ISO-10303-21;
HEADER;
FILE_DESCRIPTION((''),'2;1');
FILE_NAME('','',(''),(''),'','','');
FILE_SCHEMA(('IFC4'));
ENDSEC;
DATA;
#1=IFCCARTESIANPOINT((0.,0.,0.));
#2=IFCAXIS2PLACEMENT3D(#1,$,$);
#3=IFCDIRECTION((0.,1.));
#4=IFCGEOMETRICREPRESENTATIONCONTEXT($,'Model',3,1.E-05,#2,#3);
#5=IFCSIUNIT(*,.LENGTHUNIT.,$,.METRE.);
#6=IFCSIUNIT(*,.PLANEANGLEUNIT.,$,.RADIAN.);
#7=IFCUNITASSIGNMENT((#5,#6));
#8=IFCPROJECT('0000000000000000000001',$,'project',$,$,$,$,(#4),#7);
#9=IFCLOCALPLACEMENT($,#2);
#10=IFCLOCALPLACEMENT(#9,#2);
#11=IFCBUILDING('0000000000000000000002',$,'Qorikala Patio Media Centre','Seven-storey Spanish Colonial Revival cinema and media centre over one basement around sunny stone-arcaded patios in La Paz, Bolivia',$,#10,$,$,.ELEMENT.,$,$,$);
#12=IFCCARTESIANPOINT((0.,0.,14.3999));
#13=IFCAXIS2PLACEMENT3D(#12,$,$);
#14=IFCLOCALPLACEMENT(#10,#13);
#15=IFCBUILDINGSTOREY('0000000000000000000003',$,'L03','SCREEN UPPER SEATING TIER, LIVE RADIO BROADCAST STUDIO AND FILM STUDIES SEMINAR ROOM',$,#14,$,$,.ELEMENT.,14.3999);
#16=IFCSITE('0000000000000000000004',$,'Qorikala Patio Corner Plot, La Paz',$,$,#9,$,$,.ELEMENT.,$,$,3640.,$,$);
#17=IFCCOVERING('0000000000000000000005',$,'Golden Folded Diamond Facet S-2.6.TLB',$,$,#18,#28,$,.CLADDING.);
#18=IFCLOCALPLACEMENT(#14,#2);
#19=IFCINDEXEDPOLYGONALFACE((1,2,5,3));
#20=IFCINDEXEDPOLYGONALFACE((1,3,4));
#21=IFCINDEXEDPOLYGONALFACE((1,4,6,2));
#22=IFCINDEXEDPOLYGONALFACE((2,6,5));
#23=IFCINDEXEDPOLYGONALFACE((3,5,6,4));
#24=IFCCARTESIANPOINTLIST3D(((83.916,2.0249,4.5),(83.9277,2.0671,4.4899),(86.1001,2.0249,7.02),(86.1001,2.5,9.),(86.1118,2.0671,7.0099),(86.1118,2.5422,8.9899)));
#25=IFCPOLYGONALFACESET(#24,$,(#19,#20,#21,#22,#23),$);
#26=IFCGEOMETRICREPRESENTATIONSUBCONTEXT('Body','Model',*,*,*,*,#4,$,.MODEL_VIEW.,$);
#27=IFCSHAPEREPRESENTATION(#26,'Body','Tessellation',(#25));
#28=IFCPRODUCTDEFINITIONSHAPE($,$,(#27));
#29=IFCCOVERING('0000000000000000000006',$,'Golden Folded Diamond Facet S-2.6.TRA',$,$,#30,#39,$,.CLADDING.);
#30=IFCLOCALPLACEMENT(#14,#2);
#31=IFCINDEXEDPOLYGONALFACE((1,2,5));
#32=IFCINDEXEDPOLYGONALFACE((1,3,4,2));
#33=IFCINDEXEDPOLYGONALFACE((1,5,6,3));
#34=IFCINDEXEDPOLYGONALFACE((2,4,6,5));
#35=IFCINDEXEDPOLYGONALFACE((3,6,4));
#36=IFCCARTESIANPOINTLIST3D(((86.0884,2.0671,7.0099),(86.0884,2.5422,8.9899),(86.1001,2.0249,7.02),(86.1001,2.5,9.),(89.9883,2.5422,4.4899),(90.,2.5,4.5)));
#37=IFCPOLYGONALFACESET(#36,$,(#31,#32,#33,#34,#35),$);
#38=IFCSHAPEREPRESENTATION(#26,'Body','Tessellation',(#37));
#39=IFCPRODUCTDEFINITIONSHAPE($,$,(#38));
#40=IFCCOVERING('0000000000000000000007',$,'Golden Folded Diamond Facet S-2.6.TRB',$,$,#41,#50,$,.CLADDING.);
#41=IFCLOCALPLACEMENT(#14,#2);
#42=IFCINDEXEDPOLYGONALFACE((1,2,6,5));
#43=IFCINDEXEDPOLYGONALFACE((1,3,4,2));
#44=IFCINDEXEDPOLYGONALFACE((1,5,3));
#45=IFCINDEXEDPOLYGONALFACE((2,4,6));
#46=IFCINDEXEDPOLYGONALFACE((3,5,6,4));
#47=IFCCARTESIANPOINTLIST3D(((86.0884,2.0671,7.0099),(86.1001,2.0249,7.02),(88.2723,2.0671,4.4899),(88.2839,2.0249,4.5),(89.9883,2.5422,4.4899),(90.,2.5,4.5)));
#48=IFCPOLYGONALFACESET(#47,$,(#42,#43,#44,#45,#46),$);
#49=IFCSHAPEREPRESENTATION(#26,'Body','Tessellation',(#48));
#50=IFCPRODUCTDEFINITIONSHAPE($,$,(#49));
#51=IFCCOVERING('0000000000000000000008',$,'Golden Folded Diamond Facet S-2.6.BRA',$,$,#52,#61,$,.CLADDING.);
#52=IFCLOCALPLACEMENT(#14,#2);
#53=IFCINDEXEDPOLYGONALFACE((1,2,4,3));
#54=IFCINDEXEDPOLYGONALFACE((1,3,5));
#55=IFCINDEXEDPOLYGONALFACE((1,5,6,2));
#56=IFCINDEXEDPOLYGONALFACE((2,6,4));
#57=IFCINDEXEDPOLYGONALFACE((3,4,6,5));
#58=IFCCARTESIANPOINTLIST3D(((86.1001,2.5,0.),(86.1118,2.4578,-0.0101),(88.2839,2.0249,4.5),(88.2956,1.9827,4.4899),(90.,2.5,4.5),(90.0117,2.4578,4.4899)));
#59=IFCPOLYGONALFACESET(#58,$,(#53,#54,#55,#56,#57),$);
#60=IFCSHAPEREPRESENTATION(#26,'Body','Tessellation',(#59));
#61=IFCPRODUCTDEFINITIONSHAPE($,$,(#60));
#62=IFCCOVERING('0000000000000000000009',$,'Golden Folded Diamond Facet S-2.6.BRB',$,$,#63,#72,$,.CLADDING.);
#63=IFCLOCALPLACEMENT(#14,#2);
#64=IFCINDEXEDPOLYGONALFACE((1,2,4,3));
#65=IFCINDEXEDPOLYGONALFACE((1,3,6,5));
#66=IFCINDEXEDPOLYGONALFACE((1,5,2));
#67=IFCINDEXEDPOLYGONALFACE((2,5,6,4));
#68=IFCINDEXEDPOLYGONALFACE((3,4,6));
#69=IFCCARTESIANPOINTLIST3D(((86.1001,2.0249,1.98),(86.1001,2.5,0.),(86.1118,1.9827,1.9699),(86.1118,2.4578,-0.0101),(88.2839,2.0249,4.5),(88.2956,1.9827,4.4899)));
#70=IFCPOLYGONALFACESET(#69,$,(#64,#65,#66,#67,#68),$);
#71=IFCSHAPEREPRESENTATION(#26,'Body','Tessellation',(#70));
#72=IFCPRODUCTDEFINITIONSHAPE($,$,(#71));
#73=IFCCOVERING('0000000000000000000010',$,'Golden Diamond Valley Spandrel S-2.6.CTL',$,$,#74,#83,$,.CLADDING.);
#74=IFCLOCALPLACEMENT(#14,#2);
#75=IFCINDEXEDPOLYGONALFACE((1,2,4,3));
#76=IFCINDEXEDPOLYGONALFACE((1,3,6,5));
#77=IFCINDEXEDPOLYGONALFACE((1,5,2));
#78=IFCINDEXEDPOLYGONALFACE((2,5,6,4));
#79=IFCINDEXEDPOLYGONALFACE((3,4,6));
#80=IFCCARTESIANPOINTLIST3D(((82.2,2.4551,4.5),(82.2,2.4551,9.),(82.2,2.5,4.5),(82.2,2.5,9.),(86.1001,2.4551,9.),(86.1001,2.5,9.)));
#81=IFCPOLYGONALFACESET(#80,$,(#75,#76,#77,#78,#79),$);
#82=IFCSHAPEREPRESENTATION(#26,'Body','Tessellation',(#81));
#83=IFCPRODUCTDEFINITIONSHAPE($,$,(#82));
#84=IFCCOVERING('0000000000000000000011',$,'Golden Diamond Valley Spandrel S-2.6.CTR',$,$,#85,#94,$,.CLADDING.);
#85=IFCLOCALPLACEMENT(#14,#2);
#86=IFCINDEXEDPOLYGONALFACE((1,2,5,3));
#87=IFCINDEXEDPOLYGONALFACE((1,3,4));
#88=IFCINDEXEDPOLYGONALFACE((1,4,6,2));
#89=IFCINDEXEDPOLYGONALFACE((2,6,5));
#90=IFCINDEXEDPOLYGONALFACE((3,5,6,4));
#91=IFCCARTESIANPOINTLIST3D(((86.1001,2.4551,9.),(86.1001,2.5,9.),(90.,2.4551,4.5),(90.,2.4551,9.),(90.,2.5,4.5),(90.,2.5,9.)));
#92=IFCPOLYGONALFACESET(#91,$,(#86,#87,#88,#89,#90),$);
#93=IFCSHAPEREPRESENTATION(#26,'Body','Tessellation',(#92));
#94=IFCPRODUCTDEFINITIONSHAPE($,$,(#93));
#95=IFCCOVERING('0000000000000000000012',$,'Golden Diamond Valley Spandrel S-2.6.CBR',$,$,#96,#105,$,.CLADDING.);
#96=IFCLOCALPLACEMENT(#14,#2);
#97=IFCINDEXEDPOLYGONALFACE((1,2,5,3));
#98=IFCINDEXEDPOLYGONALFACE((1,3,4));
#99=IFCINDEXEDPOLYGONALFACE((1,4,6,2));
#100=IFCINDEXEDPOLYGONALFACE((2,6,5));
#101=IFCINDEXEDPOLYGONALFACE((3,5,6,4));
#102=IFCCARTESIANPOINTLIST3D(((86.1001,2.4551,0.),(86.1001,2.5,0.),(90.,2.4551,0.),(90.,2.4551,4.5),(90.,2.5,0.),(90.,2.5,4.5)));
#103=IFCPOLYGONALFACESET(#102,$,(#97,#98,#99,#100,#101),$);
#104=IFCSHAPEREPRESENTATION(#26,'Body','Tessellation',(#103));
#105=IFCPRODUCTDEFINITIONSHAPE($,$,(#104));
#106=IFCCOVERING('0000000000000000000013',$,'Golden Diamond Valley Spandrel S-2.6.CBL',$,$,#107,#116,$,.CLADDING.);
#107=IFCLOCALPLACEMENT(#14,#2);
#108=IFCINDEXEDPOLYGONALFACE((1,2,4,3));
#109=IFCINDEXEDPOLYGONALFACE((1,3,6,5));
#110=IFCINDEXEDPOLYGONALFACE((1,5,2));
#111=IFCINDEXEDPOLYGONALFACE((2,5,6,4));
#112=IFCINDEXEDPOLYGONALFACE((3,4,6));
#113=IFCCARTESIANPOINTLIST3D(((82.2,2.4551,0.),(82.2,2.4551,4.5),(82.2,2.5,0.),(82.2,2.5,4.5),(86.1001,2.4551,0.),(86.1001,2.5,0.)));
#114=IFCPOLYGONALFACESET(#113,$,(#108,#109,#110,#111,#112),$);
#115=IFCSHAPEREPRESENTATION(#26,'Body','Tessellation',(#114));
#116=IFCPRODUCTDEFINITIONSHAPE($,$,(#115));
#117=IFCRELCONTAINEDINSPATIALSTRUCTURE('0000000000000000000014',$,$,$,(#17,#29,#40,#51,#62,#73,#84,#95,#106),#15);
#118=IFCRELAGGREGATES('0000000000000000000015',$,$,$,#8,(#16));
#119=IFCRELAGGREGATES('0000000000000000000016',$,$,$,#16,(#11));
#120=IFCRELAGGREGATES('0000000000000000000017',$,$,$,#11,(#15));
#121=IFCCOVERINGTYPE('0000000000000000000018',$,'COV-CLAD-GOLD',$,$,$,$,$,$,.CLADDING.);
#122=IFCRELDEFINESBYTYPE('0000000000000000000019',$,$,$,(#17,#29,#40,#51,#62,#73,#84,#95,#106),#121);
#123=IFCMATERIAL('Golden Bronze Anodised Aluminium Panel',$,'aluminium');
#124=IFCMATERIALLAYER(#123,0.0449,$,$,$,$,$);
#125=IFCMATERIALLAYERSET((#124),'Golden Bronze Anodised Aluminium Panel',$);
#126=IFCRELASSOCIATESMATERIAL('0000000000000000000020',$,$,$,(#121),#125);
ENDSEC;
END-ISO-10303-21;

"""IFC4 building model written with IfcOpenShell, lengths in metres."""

from ifc_helpers import new_model, si_unit, direction, frame, origin, place, context, subcontext, project, spatial, polyline, outline, extrude, material, layer, layer_set, type_object, element, save


model = new_model("IFC4")

# Units and contexts
model_context = context("Model", 3, precision=1e-05, world=origin(), true_north=direction((0.0, 1.0)))
body_context = subcontext(model_context, "Body", "Model", "MODEL_VIEW")
ifc_project = project(units=[si_unit("LENGTHUNIT", "METRE"), si_unit("PLANEANGLEUNIT", "RADIAN")], contexts=[model_context])

# Site, building, storey
site_placement = place(None, origin())
site = spatial("IfcSite", under=ifc_project, at=site_placement, Name="Qorikala Patio Corner Plot, La Paz", CompositionType="ELEMENT", RefElevation=3640.0)
building_placement = place(site_placement, origin())
building = spatial("IfcBuilding", under=site, at=building_placement, Name="Qorikala Patio Media Centre", Description="Seven-storey Spanish Colonial Revival cinema and media centre over one basement around sunny stone-arcaded patios in La Paz, Bolivia", CompositionType="ELEMENT")
storey_placement = place(building_placement, frame((0.0, 0.0, 14.3999)))
storey = spatial("IfcBuildingStorey", under=building, at=storey_placement, Name="L03", Description="SCREEN UPPER SEATING TIER, LIVE RADIO BROADCAST STUDIO AND FILM STUDIES SEMINAR ROOM", CompositionType="ELEMENT", Elevation=14.3999)

# Coverings
ifc_material_1 = material(Name="Golden Bronze Anodised Aluminium Panel", Category="aluminium")
ifc_layer_1 = layer(ifc_material_1, 0.0449)
ifc_layer_set_1 = layer_set([ifc_layer_1], Name="Golden Bronze Anodised Aluminium Panel")
covering_type = type_object("IfcCoveringType", Name="COV-CLAD-GOLD", PredefinedType="CLADDING", material=ifc_layer_set_1)
covering_1_placement = place(storey_placement, frame((86.1001, 2.5, 9.0), z_axis=(-0.25996, -0.938966, 0.225306), x_axis=(-0.434684, -0.094556, -0.895606)))
element("IfcCovering", 1, at=covering_1_placement, inside=storey, type_object=covering_type, Name="Golden Folded Diamond Facet S-2.6.TLB", PredefinedType="CLADDING", context=body_context, shape_type="SweptSolid", body=[
    extrude(outline(polyline([(0.0, 0.0), (5.0245, 0.0), (1.8182, 0.9166), (0.0, 0.0)])), origin(), (0.0, 0.0, -1.0), 0.0449),
])
covering_2_placement = place(storey_placement, frame((90.0, 2.5, 4.5), z_axis=(0.259974, -0.938963, 0.225305), x_axis=(-0.654921, 0.0, 0.755697)))
element("IfcCovering", 2, at=covering_2_placement, inside=storey, type_object=covering_type, Name="Golden Folded Diamond Facet S-2.6.TRA", PredefinedType="CLADDING", context=body_context, shape_type="SweptSolid", body=[
    extrude(outline(polyline([(0.0, 0.0), (5.9548, 0.0), (4.4585, 1.381), (0.0, 0.0)])), origin(), (0.0, 0.0, -1.0), 0.0449),
])
covering_3_placement = place(storey_placement, frame((90.0, 2.5, 4.5), z_axis=(0.259958, -0.938974, 0.225278), x_axis=(-0.835546, -0.101789, 0.539909)))
element("IfcCovering", 3, at=covering_3_placement, inside=storey, type_object=covering_type, Name="Golden Folded Diamond Facet S-2.6.TRB", PredefinedType="CLADDING", context=body_context, shape_type="SweptSolid", body=[
    extrude(outline(polyline([(0.0, 0.0), (4.6675, 0.0), (1.4822, 0.9867), (0.0, 0.0)])), origin(), (0.0, 0.0, -1.0), 0.0449),
])
covering_4_placement = place(storey_placement, frame((86.1001, 2.5, 0.0), z_axis=(-0.259957, 0.938971, 0.22529), x_axis=(0.654921, 0.0, 0.755697)))
element("IfcCovering", 4, at=covering_4_placement, inside=storey, type_object=covering_type, Name="Golden Folded Diamond Facet S-2.6.BRA", PredefinedType="CLADDING", context=body_context, shape_type="SweptSolid", body=[
    extrude(outline(polyline([(0.0, 0.0), (5.9548, 0.0), (4.8309, -1.3811), (0.0, 0.0)])), origin(), (0.0, 0.0, -1.0), 0.0449),
])
covering_5_placement = place(storey_placement, frame((86.1001, 2.5, 0.0), z_axis=(-0.259987, 0.938959, 0.225304), x_axis=(0.434644, -0.094558, 0.895625)))
element("IfcCovering", 5, at=covering_5_placement, inside=storey, type_object=covering_type, Name="Golden Folded Diamond Facet S-2.6.BRB", PredefinedType="CLADDING", context=body_context, shape_type="SweptSolid", body=[
    extrude(outline(polyline([(0.0, 0.0), (5.0244, 0.0), (1.8182, -0.9165), (0.0, 0.0)])), origin(), (0.0, 0.0, -1.0), 0.0449),
])
covering_6_placement = place(storey_placement, frame((82.2, 2.5, 9.0), z_axis=(0.0, 1.0, 0.0), x_axis=(1.0, 0.0, 0.0)))
element("IfcCovering", 6, at=covering_6_placement, inside=storey, type_object=covering_type, Name="Golden Diamond Valley Spandrel S-2.6.CTL", PredefinedType="CLADDING", context=body_context, shape_type="SweptSolid", body=[
    extrude(outline(polyline([(0.0, 0.0), (3.9001, 0.0), (0.0, 4.5), (0.0, 0.0)])), origin(), (0.0, 0.0, -1.0), 0.0449),
])
covering_7_placement = place(storey_placement, frame((90.0, 2.5, 9.0), z_axis=(0.0, 1.0, 0.0), x_axis=(0.0, 0.0, -1.0)))
element("IfcCovering", 7, at=covering_7_placement, inside=storey, type_object=covering_type, Name="Golden Diamond Valley Spandrel S-2.6.CTR", PredefinedType="CLADDING", context=body_context, shape_type="SweptSolid", body=[
    extrude(outline(polyline([(0.0, 0.0), (4.5, 0.0), (0.0, 3.8999), (0.0, 0.0)])), origin(), (0.0, 0.0, -1.0), 0.0449),
])
covering_8_placement = place(storey_placement, frame((90.0, 2.5, 0.0), z_axis=(0.0, 1.0, 0.0), x_axis=(-1.0, 0.0, 0.0)))
element("IfcCovering", 8, at=covering_8_placement, inside=storey, type_object=covering_type, Name="Golden Diamond Valley Spandrel S-2.6.CBR", PredefinedType="CLADDING", context=body_context, shape_type="SweptSolid", body=[
    extrude(outline(polyline([(0.0, 0.0), (3.8999, 0.0), (0.0, 4.5), (0.0, 0.0)])), origin(), (0.0, 0.0, -1.0), 0.0449),
])
covering_9_placement = place(storey_placement, frame((82.2, 2.5, 0.0), z_axis=(0.0, 1.0, 0.0), x_axis=(0.0, 0.0, 1.0)))
element("IfcCovering", 9, at=covering_9_placement, inside=storey, type_object=covering_type, Name="Golden Diamond Valley Spandrel S-2.6.CBL", PredefinedType="CLADDING", context=body_context, shape_type="SweptSolid", body=[
    extrude(outline(polyline([(0.0, 0.0), (4.5, 0.0), (0.0, 3.9001), (0.0, 0.0)])), origin(), (0.0, 0.0, -1.0), 0.0449),
])

save(model, "model.ifc")
